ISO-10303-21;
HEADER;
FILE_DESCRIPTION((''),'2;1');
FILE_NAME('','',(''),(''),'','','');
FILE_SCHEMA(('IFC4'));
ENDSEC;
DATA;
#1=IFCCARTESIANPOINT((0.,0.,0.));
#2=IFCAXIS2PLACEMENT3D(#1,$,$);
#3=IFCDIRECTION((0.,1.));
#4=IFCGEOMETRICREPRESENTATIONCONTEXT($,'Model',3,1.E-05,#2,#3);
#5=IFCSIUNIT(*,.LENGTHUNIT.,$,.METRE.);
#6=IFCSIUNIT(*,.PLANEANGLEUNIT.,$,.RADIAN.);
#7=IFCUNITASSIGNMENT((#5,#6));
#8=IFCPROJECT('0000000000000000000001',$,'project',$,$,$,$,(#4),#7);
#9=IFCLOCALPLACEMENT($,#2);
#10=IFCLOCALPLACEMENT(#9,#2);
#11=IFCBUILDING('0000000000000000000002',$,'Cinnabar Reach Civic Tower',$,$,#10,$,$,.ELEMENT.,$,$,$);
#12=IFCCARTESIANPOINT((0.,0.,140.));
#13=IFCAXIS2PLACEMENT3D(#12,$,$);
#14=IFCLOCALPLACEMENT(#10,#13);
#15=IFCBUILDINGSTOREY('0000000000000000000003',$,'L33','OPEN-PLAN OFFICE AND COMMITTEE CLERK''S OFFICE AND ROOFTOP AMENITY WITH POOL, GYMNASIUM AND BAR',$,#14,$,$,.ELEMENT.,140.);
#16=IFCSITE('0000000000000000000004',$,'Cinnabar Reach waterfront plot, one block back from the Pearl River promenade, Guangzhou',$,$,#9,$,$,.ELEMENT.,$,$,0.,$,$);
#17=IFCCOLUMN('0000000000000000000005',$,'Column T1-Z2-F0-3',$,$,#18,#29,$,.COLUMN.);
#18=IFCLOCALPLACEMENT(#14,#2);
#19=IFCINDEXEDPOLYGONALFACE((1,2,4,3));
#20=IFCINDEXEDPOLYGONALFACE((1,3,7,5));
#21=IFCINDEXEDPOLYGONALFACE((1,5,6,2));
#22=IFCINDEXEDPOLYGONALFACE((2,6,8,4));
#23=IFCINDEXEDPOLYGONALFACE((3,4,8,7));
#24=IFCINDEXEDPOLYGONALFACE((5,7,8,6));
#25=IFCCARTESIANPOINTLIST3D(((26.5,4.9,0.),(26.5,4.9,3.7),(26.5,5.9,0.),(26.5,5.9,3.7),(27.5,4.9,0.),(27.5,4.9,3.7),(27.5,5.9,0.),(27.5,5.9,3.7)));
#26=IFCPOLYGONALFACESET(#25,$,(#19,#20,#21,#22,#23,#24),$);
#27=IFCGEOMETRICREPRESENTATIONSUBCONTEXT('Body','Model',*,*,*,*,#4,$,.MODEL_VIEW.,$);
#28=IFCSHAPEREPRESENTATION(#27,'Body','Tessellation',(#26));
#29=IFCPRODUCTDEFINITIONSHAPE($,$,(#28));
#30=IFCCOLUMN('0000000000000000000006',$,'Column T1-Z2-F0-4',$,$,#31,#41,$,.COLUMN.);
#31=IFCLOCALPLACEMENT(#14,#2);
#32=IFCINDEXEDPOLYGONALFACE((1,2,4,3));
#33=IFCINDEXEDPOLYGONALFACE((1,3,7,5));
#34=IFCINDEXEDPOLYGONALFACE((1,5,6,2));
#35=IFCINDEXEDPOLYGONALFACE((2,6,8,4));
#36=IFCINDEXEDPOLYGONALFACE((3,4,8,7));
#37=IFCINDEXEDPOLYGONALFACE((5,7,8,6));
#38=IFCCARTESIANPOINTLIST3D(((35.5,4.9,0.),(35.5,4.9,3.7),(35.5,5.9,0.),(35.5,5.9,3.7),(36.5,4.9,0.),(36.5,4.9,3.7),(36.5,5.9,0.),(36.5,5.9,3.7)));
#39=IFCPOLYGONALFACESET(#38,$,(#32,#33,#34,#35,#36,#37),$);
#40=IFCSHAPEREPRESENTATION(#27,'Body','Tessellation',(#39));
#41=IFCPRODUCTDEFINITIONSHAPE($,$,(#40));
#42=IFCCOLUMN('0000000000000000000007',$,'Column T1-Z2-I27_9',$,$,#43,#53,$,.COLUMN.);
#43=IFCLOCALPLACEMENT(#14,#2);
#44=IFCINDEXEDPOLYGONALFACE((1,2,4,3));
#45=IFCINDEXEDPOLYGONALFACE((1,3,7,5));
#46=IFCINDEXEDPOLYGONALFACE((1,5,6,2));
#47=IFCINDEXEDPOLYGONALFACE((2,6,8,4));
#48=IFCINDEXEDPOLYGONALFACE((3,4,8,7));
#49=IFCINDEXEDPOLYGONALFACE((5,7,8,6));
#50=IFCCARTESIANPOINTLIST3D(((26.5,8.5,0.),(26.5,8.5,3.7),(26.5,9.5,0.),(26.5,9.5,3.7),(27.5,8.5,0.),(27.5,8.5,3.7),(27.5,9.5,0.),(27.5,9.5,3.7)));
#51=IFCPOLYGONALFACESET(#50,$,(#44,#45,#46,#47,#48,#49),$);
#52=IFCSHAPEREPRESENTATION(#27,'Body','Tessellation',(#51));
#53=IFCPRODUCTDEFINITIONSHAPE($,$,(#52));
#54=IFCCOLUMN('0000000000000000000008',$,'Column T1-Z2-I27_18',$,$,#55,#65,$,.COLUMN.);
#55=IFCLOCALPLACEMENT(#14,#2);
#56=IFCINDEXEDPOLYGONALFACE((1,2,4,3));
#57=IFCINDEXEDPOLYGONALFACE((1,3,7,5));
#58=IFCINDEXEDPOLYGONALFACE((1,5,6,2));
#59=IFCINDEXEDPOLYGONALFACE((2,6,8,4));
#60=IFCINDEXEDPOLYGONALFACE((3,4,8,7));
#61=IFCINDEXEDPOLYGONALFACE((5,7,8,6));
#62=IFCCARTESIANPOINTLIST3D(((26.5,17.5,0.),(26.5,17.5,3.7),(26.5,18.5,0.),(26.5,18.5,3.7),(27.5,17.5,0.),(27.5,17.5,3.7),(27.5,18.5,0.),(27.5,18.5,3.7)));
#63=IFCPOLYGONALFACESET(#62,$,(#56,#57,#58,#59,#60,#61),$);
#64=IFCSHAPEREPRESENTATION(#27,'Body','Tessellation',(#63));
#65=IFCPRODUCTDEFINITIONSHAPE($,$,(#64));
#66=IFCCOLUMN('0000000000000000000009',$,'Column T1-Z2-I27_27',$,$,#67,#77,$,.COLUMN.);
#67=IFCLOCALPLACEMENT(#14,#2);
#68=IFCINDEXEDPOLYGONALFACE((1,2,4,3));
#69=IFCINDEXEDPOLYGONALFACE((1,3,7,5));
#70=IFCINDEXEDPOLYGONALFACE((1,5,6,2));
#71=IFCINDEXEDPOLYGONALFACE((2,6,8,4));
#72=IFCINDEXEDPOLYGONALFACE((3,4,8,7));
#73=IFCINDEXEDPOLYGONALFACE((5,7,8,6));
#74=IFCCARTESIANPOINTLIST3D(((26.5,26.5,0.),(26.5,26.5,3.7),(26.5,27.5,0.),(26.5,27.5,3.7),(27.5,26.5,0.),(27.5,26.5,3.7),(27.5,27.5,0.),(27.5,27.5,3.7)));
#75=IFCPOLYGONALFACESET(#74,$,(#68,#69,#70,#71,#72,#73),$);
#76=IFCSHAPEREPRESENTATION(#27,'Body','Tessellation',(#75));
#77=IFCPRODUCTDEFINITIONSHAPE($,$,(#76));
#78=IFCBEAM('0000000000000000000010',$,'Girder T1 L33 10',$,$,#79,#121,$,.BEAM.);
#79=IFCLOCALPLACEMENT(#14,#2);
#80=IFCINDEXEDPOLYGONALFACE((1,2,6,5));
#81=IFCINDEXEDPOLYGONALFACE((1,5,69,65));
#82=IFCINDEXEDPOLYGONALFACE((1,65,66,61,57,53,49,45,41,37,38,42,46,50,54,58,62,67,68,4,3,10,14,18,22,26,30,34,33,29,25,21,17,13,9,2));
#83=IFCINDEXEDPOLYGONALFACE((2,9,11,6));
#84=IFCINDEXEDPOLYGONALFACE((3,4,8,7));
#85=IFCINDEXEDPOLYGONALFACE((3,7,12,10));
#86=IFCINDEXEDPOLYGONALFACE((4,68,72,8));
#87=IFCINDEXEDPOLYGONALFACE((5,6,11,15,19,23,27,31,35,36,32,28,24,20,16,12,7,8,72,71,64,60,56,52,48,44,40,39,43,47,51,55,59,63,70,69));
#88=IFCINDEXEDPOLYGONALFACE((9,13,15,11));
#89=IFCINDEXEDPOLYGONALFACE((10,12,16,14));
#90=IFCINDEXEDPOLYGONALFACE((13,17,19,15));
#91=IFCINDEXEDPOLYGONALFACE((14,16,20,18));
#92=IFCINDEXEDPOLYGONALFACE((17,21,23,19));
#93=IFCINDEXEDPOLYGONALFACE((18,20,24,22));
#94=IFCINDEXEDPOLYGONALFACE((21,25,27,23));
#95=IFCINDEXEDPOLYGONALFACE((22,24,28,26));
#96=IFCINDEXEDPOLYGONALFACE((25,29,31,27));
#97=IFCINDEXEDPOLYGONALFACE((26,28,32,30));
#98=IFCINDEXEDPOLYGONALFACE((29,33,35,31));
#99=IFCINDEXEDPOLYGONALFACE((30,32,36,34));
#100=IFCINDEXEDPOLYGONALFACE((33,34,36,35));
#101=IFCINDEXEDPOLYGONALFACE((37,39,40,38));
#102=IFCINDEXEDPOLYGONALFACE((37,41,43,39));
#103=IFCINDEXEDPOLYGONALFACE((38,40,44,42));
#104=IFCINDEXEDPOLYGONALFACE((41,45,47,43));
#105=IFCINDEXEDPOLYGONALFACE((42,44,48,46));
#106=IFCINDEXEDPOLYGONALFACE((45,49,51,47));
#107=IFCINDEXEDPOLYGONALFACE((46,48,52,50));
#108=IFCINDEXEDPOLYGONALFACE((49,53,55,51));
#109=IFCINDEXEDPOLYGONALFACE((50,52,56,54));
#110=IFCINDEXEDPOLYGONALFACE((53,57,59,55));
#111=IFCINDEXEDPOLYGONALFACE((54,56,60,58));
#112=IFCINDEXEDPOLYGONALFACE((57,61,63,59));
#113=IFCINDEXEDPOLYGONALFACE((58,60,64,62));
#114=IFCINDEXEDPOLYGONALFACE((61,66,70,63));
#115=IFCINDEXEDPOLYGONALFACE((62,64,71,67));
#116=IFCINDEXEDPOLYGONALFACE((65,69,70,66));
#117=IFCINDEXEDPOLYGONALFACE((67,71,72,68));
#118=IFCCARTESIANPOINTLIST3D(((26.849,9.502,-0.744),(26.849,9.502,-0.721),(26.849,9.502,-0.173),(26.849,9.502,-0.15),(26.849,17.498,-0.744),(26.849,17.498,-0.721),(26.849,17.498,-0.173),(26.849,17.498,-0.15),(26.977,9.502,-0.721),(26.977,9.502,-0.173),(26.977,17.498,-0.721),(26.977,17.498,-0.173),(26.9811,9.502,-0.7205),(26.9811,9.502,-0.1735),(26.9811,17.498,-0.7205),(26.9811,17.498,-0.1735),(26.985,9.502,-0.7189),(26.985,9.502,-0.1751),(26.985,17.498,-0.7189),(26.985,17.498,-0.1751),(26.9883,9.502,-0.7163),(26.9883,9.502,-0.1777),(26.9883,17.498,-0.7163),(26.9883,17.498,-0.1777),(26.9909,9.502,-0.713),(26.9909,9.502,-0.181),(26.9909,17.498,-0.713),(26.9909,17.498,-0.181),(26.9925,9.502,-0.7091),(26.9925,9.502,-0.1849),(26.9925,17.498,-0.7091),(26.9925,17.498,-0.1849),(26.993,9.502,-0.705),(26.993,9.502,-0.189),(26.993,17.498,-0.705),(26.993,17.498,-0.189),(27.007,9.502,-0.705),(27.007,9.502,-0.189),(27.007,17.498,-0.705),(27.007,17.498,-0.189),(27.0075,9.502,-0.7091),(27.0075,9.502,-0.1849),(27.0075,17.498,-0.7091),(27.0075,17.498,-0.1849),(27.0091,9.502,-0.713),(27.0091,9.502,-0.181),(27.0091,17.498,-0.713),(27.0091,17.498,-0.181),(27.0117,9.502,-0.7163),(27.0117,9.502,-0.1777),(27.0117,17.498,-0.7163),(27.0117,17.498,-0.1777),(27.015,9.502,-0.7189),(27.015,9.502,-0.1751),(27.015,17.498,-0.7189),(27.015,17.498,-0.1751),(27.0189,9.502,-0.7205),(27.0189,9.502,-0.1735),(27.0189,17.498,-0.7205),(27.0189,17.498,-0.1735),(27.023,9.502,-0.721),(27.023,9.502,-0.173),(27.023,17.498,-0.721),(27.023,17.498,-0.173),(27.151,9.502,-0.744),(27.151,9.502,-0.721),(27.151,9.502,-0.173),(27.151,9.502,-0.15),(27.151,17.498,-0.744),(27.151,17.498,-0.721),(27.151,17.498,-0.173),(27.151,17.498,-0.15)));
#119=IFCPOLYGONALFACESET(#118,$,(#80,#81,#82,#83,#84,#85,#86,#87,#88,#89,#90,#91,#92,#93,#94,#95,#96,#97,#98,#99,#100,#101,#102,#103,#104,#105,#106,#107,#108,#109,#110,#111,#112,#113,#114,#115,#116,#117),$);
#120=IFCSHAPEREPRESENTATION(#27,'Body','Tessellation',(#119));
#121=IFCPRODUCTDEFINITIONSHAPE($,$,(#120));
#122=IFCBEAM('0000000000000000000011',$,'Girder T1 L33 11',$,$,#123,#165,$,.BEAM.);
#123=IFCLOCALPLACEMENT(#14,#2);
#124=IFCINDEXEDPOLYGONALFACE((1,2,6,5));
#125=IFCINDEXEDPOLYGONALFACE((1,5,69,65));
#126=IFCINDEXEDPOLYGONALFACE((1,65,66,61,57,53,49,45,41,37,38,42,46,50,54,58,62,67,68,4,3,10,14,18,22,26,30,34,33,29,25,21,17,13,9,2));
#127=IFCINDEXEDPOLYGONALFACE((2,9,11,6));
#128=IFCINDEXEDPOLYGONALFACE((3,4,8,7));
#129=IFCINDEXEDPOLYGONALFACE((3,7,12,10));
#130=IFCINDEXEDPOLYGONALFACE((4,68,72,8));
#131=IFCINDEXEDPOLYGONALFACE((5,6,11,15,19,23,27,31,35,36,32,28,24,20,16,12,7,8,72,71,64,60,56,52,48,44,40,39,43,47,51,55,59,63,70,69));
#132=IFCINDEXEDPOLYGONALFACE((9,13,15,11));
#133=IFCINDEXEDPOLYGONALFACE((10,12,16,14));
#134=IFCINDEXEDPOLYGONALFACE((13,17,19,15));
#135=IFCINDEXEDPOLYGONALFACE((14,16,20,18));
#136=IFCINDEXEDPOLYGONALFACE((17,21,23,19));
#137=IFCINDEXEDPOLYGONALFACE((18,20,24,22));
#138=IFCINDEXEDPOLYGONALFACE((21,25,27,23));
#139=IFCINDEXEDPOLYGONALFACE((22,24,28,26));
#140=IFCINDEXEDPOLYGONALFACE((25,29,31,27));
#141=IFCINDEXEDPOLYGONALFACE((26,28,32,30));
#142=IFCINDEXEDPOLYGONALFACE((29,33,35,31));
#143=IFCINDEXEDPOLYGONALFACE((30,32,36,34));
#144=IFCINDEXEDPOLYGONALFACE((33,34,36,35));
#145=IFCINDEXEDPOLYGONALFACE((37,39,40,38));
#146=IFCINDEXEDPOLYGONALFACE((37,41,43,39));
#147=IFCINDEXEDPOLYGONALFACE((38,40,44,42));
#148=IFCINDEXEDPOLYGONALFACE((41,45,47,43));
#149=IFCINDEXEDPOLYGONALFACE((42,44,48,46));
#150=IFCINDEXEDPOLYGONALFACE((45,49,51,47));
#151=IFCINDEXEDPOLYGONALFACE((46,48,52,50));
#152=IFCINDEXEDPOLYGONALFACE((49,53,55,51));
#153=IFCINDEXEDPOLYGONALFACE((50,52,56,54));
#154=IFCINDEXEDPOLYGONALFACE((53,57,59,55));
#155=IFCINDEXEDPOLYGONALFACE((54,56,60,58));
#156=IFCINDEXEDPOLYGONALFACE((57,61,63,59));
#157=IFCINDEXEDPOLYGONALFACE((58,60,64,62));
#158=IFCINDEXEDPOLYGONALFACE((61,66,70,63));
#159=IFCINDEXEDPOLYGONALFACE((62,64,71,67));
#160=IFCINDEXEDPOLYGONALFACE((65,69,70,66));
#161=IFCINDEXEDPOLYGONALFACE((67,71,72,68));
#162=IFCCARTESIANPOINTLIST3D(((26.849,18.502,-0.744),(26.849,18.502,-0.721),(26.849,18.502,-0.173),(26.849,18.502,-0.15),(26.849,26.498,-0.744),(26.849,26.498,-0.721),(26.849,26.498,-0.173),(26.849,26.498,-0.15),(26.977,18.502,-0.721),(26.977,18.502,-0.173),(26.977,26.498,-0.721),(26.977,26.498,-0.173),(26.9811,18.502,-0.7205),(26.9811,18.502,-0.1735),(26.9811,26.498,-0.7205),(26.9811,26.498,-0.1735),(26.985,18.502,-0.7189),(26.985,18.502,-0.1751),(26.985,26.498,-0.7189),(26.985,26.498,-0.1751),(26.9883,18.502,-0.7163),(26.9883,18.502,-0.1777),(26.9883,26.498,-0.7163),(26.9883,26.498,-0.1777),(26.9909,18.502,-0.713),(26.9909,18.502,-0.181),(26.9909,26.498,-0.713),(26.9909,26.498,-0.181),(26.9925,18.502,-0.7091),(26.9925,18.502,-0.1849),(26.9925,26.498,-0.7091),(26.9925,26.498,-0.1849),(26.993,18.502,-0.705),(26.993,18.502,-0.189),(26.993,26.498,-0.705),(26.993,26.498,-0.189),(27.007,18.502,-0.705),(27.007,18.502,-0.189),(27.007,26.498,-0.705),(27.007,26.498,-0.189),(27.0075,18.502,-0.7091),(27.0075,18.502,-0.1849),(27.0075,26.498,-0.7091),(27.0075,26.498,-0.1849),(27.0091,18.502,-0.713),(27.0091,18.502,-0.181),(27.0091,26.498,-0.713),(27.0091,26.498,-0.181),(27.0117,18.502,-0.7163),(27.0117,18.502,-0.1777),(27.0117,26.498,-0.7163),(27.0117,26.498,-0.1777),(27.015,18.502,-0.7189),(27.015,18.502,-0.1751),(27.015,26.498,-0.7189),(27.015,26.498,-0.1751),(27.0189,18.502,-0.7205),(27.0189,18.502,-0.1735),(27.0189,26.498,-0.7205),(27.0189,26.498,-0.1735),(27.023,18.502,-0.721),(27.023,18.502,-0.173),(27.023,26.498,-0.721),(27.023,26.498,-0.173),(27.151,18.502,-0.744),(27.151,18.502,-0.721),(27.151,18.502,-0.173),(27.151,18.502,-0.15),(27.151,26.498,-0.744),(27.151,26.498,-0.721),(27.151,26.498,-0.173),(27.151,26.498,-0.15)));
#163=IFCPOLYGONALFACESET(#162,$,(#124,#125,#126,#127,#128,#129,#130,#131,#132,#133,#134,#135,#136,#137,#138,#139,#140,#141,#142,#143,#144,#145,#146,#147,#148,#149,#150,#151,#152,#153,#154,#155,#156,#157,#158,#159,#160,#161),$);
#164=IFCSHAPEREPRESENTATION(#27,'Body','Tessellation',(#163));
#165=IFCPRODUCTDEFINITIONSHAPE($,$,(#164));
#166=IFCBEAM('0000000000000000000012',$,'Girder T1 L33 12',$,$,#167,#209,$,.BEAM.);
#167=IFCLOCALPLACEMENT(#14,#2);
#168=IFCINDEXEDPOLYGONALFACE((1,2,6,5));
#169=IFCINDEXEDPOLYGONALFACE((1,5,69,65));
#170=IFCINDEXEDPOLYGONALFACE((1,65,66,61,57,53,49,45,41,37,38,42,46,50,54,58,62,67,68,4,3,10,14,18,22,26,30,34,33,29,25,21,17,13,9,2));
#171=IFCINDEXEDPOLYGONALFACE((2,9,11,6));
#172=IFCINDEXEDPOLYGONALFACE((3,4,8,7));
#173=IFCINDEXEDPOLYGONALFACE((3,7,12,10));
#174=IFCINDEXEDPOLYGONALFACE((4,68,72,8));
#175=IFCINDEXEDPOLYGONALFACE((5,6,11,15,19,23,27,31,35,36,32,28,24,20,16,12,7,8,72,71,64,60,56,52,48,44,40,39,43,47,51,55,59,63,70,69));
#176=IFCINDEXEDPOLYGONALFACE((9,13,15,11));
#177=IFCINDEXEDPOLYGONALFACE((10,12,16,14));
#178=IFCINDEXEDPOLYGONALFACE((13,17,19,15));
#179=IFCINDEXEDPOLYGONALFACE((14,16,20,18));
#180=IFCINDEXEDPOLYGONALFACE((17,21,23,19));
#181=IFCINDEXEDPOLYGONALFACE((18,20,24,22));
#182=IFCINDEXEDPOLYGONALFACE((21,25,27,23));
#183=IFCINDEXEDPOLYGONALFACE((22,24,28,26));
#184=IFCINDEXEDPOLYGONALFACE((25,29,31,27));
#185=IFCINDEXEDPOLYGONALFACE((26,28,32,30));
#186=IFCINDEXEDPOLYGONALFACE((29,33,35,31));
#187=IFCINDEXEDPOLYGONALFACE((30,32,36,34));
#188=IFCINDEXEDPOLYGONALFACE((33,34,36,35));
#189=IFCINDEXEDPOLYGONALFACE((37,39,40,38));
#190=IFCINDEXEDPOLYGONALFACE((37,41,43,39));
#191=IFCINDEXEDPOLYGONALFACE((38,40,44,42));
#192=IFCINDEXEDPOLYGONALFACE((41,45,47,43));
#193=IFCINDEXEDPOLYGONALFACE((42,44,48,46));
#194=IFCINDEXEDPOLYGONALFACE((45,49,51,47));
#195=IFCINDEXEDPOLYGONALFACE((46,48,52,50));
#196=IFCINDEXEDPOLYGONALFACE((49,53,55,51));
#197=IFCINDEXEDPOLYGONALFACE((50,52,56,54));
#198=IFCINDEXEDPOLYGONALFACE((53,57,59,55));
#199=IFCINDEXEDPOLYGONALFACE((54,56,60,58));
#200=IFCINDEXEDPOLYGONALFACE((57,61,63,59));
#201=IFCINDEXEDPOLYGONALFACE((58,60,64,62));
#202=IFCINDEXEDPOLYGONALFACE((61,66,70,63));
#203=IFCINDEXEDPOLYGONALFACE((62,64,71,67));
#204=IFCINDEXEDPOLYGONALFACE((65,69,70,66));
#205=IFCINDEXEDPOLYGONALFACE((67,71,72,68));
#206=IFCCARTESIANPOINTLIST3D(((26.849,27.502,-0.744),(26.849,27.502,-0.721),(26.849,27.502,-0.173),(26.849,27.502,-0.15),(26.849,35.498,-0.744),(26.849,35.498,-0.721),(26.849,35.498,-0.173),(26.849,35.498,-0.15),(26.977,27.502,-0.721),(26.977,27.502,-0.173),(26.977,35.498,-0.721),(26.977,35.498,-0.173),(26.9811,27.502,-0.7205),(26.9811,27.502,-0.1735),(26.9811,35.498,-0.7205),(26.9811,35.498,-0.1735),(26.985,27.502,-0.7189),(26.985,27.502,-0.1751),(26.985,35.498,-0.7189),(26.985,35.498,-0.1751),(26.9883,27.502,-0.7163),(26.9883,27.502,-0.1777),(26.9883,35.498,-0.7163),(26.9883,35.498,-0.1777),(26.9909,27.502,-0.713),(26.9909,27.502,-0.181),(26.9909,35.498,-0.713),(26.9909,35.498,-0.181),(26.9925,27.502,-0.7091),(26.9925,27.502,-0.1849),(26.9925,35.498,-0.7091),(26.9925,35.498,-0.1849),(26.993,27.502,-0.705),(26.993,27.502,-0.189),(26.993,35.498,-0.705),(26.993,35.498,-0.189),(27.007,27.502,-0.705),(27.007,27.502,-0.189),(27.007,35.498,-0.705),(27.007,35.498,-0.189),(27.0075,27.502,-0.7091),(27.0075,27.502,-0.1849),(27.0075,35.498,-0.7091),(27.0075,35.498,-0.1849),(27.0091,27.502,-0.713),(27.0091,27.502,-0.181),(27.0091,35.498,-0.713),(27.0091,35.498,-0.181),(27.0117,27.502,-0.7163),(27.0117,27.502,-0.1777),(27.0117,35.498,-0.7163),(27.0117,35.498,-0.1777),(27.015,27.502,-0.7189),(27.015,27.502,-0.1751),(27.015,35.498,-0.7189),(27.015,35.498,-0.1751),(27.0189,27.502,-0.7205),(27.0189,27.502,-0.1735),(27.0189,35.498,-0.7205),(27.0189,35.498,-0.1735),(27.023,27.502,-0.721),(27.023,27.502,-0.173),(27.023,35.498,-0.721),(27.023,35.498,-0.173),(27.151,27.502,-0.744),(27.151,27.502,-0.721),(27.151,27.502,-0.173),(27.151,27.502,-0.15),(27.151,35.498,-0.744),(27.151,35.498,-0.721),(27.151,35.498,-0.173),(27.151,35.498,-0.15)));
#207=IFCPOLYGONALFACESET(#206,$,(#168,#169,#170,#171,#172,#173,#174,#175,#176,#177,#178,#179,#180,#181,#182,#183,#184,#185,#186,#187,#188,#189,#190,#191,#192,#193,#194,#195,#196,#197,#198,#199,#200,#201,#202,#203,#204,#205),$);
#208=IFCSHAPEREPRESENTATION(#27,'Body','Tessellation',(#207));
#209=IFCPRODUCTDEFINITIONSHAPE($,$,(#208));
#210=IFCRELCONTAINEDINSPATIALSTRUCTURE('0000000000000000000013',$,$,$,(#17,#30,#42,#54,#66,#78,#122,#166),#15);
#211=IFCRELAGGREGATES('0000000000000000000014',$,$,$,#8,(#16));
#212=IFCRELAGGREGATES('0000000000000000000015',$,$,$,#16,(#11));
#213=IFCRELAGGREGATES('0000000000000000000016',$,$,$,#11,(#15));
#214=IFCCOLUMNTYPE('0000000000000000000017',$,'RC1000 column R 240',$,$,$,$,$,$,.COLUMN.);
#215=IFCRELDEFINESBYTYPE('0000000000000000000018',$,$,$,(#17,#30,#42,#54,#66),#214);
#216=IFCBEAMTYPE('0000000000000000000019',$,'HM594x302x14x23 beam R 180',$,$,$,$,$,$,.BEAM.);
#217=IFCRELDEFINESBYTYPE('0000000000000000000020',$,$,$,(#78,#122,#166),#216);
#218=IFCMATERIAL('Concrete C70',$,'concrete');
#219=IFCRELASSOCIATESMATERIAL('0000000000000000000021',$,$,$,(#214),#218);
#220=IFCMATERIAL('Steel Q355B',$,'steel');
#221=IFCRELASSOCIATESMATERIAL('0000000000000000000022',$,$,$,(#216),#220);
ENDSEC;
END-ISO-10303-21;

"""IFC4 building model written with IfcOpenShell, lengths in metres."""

from ifc_helpers import new_model, si_unit, direction, frame, origin, origin_2d, place, context, subcontext, project, spatial, rectangle, i_section, extrude, material, material_profile, profile_set, type_object, element, save


model = new_model("IFC4")

# Units and contexts
model_context = context("Model", 3, precision=1e-05, world=origin(), true_north=direction((0.0, 1.0)))
body_context = subcontext(model_context, "Body", "Model", "MODEL_VIEW")
ifc_project = project(units=[si_unit("LENGTHUNIT", "METRE"), si_unit("PLANEANGLEUNIT", "RADIAN")], contexts=[model_context])

# Site, building, storey
site_placement = place(None, origin())
site = spatial("IfcSite", under=ifc_project, at=site_placement, Name="Cinnabar Reach waterfront plot, one block back from the Pearl River promenade, Guangzhou", CompositionType="ELEMENT", RefElevation=0.0)
building_placement = place(site_placement, origin())
building = spatial("IfcBuilding", under=site, at=building_placement, Name="Cinnabar Reach Civic Tower", CompositionType="ELEMENT")
storey_placement = place(building_placement, frame((0.0, 0.0, 140.0)))
storey = spatial("IfcBuildingStorey", under=building, at=storey_placement, Name="L33", Description="OPEN-PLAN OFFICE AND COMMITTEE CLERK'S OFFICE AND ROOFTOP AMENITY WITH POOL, GYMNASIUM AND BAR", CompositionType="ELEMENT", Elevation=140.0)

# Columns
ifc_material_1 = material(Name="Concrete C70", Category="concrete")
ifc_material_profile_1 = material_profile(ifc_material_1, rectangle(XDim=1.0, YDim=1.0, at=origin_2d()), Name="RC1000")
ifc_profile_set_1 = profile_set([ifc_material_profile_1], Name="Concrete C70")
column_type = type_object("IfcColumnType", Name="RC1000 column R 240", PredefinedType="COLUMN", material=ifc_profile_set_1)
for number, where, z_axis, x_axis, name in (
    (1, (27.0, 5.4, 0.0), (0.0, 0.0, 1.0), (1.0, 0.0, 0.0), "Column T1-Z2-F0-3"),
    (2, (36.0, 5.4, 0.0), (0.0, 0.0, 1.0), (1.0, 0.0, 0.0), "Column T1-Z2-F0-4"),
    (3, (27.0, 9.0, 0.0), (0.0, 0.0, 1.0), (1.0, 0.0, 0.0), "Column T1-Z2-I27_9"),
    (4, (27.0, 18.0, 0.0), (0.0, 0.0, 1.0), (1.0, 0.0, 0.0), "Column T1-Z2-I27_18"),
    (5, (27.0, 27.0, 0.0), (0.0, 0.0, 1.0), (1.0, 0.0, 0.0), "Column T1-Z2-I27_27"),
):
    element("IfcColumn", number, at=place(storey_placement, frame(where, z_axis=z_axis, x_axis=x_axis)), inside=storey, type_object=column_type, Name=name, PredefinedType="COLUMN", context=body_context, shape_type="SweptSolid", body=[
        extrude(rectangle(XDim=1.0, YDim=1.0, at=origin_2d()), origin(), (0.0, 0.0, 1.0), 3.7),
    ])

# Beams
ifc_material_2 = material(Name="Steel Q355B", Category="steel")
ifc_material_profile_2 = material_profile(ifc_material_2, i_section(OverallWidth=0.302, OverallDepth=0.594, WebThickness=0.014, FlangeThickness=0.023, FilletRadius=0.016, at=origin_2d()), Name="HM594x302x14x23")
ifc_profile_set_2 = profile_set([ifc_material_profile_2], Name="Steel Q355B")
beam_type_1 = type_object("IfcBeamType", Name="HM594x302x14x23 beam R 180", PredefinedType="BEAM", material=ifc_profile_set_2)
for number, where, z_axis, x_axis, name in (
    (6, (27.0, 9.502, -0.447), (0.0, 1.0, 0.0), (-1.0, 0.0, 0.0), "Girder T1 L33 10"),
    (7, (27.0, 18.502, -0.447), (0.0, 1.0, 0.0), (-1.0, 0.0, 0.0), "Girder T1 L33 11"),
    (8, (27.0, 27.502, -0.447), (0.0, 1.0, 0.0), (-1.0, 0.0, 0.0), "Girder T1 L33 12"),
):
    element("IfcBeam", number, at=place(storey_placement, frame(where, z_axis=z_axis, x_axis=x_axis)), inside=storey, type_object=beam_type_1, Name=name, PredefinedType="BEAM", context=body_context, shape_type="SweptSolid", body=[
        extrude(i_section(OverallWidth=0.302, OverallDepth=0.594, WebThickness=0.014, FlangeThickness=0.023, FilletRadius=0.016, at=origin_2d()), origin(), (0.0, 0.0, 1.0), 7.996),
    ])

save(model, "model.ifc")
